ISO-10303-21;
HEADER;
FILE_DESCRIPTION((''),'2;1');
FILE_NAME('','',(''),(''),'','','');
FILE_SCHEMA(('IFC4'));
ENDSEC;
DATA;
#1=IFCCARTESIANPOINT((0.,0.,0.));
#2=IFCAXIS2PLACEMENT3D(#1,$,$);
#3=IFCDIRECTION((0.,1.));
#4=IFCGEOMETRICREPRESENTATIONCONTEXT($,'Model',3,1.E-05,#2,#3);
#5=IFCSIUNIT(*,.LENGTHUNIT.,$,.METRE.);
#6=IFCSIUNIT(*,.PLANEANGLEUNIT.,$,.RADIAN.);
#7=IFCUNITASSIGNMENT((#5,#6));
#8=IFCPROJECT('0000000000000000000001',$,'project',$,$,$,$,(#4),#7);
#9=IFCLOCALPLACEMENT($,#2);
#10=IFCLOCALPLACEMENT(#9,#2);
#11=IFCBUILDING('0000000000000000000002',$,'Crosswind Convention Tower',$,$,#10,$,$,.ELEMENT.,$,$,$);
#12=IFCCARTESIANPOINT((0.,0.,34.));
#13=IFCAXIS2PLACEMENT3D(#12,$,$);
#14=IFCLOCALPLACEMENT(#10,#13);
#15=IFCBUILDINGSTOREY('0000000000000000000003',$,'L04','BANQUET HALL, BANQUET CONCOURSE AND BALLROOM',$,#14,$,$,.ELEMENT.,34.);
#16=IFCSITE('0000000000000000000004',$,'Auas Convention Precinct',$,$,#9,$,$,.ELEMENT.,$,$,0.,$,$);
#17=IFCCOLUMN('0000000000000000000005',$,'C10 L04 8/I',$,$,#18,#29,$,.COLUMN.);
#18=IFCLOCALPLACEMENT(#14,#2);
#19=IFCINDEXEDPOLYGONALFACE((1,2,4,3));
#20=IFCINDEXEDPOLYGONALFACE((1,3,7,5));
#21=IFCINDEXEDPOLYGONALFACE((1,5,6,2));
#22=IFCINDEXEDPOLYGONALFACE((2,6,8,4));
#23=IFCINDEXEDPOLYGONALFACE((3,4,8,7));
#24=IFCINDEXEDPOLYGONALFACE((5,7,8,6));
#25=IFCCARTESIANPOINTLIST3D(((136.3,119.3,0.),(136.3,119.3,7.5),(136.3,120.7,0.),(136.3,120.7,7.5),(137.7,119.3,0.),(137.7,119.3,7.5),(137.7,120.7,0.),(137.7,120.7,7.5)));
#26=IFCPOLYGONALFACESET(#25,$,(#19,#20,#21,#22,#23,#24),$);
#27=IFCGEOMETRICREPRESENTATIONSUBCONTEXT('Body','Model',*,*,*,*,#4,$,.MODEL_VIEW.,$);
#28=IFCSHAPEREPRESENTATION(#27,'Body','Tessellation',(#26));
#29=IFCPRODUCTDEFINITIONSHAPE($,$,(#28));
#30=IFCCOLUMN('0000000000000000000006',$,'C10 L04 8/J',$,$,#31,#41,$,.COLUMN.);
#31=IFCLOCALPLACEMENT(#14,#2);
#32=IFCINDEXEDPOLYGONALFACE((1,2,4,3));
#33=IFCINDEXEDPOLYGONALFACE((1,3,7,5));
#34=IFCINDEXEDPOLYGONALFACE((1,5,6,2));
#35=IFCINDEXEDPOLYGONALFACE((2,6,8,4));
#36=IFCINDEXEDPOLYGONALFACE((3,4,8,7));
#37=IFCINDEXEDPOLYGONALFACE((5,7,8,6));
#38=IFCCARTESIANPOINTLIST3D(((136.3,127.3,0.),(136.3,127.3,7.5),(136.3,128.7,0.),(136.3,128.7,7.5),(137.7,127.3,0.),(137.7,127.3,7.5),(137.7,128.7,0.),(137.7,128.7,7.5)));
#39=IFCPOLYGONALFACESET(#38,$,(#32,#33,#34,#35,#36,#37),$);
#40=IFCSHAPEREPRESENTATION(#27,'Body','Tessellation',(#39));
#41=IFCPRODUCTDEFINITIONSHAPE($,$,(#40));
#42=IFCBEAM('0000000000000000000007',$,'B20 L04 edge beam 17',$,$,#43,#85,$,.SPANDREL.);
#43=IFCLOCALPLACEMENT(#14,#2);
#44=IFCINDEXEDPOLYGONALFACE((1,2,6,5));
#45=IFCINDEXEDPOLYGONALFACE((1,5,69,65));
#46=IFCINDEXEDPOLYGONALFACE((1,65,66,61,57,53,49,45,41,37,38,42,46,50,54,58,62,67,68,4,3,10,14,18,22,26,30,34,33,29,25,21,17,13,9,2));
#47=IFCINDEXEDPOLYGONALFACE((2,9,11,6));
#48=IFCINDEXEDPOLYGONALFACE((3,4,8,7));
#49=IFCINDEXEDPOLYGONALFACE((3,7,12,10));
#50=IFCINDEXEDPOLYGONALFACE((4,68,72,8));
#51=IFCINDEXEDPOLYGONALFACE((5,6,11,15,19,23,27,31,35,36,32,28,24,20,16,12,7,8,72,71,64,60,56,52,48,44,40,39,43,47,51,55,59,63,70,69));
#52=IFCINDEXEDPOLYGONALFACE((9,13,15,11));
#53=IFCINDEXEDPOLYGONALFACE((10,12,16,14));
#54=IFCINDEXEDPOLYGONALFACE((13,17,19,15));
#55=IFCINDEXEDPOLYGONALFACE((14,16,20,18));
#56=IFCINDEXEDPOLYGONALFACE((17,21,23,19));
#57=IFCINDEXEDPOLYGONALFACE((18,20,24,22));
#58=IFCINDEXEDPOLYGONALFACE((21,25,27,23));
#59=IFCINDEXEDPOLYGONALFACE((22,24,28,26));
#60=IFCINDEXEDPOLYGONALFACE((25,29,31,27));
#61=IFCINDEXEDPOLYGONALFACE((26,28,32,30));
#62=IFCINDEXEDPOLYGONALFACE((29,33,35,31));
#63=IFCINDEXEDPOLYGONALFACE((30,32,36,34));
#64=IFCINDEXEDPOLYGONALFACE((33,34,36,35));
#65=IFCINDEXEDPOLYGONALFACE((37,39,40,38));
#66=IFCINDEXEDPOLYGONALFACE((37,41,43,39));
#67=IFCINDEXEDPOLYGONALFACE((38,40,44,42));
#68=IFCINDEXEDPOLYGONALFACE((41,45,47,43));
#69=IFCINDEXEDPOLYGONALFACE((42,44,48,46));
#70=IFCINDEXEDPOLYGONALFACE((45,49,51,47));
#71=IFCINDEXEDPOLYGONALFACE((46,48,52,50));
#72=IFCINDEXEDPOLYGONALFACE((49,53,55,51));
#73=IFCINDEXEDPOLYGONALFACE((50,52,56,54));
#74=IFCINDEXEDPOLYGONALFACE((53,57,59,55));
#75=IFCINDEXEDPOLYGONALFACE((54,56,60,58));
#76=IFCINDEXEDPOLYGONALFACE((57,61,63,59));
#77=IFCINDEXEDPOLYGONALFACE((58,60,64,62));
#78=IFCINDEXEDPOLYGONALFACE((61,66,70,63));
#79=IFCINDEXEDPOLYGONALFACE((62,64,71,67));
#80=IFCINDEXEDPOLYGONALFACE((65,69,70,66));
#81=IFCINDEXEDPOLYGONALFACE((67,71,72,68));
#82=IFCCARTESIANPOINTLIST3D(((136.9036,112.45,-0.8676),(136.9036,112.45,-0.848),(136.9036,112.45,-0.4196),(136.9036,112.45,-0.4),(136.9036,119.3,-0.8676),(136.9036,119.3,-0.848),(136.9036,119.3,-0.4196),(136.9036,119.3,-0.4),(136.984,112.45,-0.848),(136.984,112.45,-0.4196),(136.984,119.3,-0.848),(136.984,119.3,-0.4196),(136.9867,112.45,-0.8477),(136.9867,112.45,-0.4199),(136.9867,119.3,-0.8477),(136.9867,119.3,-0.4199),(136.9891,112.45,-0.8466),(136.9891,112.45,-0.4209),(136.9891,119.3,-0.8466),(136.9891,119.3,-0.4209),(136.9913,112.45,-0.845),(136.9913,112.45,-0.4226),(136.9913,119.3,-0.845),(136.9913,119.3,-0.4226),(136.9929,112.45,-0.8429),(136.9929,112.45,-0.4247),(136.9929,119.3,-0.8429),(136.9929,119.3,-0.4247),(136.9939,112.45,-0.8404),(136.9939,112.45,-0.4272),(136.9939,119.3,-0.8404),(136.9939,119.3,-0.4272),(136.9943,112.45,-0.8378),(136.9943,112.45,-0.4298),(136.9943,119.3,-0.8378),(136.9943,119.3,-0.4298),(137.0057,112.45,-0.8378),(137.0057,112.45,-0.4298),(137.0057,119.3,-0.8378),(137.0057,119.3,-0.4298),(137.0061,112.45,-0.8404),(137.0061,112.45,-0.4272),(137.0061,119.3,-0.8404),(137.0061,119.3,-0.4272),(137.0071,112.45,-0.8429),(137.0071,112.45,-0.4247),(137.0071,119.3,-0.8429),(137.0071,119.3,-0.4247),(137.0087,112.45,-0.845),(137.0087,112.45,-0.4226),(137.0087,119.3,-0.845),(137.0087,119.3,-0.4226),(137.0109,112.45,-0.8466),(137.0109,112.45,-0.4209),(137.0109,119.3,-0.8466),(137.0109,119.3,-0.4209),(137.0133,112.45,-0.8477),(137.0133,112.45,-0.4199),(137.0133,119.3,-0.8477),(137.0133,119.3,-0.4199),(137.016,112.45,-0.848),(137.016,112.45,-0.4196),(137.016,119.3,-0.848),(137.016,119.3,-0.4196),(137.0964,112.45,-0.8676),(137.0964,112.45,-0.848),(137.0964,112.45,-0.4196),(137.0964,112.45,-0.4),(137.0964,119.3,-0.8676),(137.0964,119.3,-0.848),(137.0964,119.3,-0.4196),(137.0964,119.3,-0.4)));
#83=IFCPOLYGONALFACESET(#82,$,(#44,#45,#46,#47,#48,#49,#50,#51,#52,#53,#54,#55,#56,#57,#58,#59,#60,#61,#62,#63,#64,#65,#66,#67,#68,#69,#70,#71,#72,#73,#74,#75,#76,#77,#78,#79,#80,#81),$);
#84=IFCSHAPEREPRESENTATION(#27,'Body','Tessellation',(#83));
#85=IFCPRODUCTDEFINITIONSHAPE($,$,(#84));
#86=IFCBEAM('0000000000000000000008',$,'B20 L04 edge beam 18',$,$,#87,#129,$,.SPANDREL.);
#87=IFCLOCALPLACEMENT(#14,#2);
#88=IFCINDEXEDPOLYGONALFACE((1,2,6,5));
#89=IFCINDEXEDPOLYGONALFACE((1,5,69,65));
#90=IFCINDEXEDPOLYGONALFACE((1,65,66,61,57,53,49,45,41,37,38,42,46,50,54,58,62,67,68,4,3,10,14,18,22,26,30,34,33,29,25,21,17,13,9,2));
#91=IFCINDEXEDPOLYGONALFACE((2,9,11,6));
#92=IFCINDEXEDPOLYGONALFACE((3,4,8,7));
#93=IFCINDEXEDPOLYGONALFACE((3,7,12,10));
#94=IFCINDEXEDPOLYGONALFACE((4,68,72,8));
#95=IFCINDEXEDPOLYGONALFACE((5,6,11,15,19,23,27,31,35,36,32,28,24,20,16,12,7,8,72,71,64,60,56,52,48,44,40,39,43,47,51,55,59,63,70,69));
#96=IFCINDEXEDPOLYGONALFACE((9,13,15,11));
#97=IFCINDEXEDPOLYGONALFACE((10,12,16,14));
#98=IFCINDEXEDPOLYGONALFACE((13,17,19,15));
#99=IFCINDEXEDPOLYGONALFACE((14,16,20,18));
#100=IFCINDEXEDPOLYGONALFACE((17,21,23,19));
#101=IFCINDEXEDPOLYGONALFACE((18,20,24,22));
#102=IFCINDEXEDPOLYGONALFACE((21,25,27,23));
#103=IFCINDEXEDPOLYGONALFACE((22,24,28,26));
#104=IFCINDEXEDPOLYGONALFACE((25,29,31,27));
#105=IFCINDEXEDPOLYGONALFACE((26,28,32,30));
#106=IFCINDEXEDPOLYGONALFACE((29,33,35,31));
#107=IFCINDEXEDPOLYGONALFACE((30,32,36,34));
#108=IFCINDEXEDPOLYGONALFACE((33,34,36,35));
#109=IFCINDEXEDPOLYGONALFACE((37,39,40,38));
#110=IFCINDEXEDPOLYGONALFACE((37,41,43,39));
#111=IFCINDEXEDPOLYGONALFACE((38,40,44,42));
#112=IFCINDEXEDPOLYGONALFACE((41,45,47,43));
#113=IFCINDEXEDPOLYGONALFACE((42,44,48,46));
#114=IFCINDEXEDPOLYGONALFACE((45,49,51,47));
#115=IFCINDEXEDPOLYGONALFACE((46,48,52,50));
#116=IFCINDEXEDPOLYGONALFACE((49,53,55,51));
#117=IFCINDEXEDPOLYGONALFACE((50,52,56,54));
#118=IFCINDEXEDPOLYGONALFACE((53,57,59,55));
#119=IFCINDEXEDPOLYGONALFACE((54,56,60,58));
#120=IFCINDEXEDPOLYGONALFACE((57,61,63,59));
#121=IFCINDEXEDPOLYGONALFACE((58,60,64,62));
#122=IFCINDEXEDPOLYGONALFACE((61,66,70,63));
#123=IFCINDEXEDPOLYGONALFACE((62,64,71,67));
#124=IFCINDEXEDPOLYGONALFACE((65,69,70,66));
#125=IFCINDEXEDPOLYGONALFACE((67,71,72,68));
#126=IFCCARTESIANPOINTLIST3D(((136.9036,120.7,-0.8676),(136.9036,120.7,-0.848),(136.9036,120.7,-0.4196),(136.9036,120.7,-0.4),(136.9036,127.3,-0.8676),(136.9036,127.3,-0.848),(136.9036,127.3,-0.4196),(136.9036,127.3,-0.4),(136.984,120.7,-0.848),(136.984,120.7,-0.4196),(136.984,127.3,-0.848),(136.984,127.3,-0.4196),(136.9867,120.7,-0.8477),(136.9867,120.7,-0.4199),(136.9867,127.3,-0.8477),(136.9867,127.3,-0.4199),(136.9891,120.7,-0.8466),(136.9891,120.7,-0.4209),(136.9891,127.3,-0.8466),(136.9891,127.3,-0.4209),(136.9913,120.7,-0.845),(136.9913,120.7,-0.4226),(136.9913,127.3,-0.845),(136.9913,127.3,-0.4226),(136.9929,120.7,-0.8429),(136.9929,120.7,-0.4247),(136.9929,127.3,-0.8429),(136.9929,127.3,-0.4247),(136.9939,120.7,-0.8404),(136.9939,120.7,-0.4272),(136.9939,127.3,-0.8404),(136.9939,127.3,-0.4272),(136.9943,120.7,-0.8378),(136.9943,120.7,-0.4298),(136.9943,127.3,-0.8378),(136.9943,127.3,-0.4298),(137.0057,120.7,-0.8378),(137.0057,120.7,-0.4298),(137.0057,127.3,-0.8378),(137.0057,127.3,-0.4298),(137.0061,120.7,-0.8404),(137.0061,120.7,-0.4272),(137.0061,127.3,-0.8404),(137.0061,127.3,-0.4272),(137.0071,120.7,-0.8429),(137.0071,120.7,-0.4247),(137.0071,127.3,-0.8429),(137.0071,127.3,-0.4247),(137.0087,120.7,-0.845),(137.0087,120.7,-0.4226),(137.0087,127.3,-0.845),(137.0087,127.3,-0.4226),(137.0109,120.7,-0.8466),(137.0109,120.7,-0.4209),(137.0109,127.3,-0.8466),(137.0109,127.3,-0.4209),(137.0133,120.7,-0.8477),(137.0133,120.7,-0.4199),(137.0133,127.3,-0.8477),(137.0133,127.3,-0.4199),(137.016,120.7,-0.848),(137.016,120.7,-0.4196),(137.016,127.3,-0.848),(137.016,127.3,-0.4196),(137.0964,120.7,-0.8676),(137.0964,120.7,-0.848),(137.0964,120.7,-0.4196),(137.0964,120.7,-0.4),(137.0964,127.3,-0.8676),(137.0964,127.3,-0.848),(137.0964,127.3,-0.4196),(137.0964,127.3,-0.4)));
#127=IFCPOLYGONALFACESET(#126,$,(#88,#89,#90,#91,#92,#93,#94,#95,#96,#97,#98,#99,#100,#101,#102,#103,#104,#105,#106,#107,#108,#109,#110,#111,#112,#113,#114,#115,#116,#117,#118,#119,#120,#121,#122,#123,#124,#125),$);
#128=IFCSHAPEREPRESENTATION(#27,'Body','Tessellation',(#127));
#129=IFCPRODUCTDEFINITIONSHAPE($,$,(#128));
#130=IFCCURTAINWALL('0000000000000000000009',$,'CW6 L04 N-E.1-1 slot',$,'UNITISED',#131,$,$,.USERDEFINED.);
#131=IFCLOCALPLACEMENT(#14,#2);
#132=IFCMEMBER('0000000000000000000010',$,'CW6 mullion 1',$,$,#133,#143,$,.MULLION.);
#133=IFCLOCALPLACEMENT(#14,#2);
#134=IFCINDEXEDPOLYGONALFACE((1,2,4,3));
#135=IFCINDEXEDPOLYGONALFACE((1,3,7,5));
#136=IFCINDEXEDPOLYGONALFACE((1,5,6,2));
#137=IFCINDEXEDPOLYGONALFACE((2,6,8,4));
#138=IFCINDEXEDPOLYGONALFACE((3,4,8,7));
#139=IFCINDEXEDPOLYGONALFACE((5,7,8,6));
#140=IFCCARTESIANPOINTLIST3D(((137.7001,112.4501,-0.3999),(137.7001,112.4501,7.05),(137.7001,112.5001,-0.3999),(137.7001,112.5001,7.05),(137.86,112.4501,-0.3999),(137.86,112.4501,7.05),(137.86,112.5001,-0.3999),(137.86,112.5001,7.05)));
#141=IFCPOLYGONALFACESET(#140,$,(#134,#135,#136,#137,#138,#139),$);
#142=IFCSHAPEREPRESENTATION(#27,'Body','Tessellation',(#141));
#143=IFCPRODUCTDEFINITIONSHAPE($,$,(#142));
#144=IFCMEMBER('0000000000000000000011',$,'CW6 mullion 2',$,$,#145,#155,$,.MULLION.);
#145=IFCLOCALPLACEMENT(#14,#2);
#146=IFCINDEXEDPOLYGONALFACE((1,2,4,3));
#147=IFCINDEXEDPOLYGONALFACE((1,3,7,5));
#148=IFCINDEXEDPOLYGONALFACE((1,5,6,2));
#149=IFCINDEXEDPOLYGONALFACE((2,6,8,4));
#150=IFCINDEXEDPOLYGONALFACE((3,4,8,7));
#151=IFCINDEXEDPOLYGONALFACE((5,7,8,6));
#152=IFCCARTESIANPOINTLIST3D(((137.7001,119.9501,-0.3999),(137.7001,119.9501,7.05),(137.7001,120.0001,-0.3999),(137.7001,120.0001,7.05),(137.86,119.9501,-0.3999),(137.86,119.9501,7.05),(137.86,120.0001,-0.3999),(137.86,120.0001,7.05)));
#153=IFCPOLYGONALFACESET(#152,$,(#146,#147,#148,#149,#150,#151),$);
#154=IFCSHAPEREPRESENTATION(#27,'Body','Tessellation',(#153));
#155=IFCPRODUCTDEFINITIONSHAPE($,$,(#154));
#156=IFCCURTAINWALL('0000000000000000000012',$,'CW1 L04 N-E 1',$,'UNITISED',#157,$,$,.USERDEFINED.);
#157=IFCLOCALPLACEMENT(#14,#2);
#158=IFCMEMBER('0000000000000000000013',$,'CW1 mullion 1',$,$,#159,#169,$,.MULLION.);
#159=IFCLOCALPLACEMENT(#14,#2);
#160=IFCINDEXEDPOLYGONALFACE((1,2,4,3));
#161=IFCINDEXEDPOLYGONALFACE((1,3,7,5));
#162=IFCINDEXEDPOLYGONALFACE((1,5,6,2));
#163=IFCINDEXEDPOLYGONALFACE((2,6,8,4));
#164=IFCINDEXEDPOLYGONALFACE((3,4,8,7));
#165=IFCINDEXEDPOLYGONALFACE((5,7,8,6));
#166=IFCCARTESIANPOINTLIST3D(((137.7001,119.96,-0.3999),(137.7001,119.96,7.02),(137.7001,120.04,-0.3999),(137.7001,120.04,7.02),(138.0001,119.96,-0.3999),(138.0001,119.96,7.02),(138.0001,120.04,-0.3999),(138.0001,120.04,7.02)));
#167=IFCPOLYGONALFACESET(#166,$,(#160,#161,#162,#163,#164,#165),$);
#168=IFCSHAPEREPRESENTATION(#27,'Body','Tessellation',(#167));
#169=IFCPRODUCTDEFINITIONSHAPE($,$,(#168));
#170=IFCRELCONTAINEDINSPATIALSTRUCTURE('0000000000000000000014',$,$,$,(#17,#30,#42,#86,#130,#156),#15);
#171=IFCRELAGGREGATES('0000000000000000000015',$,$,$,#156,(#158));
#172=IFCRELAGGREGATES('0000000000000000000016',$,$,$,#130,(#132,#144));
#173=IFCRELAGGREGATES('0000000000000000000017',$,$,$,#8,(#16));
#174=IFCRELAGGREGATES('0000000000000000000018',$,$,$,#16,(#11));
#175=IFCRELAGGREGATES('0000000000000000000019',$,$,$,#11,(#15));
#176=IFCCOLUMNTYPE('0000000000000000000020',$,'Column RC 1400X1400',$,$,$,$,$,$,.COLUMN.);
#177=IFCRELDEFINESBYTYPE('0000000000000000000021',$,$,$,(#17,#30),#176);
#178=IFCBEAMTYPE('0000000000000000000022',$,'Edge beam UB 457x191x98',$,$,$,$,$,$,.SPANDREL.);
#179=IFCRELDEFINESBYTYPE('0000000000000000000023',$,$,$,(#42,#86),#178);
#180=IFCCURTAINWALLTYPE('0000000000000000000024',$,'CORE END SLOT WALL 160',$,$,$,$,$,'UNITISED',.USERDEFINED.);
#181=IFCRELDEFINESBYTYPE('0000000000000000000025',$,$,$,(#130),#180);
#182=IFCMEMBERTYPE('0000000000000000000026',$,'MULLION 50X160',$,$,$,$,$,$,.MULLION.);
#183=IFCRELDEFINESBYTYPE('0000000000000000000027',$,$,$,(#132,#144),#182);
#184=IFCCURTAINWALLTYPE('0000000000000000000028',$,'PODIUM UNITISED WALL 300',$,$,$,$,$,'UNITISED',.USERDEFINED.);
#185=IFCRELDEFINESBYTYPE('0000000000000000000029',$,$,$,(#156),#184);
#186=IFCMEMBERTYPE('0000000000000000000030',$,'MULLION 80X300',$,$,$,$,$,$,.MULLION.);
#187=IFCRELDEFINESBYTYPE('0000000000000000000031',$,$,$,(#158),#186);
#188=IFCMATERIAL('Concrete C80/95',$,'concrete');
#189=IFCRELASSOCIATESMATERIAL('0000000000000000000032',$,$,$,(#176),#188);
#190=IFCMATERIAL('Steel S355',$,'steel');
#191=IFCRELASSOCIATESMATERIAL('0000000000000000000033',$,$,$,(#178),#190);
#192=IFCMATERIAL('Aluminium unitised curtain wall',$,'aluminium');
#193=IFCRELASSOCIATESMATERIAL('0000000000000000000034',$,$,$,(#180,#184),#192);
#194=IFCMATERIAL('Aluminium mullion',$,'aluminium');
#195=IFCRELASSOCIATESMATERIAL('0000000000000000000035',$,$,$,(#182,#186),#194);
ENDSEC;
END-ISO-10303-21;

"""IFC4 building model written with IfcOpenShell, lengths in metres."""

from ifc_helpers import new_model, si_unit, direction, frame, origin, origin_2d, place, context, subcontext, project, spatial, rectangle, i_section, extrude, material, material_profile, profile_set, type_object, element, aggregate, save


model = new_model("IFC4")

# Units and contexts
model_context = context("Model", 3, precision=1e-05, world=origin(), true_north=direction((0.0, 1.0)))
body_context = subcontext(model_context, "Body", "Model", "MODEL_VIEW")
ifc_project = project(units=[si_unit("LENGTHUNIT", "METRE"), si_unit("PLANEANGLEUNIT", "RADIAN")], contexts=[model_context])

# Site, building, storey
site_placement = place(None, origin())
site = spatial("IfcSite", under=ifc_project, at=site_placement, Name="Auas Convention Precinct", CompositionType="ELEMENT", RefElevation=0.0)
building_placement = place(site_placement, origin())
building = spatial("IfcBuilding", under=site, at=building_placement, Name="Crosswind Convention Tower", CompositionType="ELEMENT")
storey_placement = place(building_placement, frame((0.0, 0.0, 34.0)))
storey = spatial("IfcBuildingStorey", under=building, at=storey_placement, Name="L04", Description="BANQUET HALL, BANQUET CONCOURSE AND BALLROOM", CompositionType="ELEMENT", Elevation=34.0)

# Columns
ifc_material_1 = material(Name="Concrete C80/95", Category="concrete")
ifc_material_profile_1 = material_profile(ifc_material_1, rectangle(XDim=1.3999, YDim=1.3999, at=origin_2d()), Name="RC 1400X1400")
ifc_profile_set_1 = profile_set([ifc_material_profile_1], Name="Concrete C80/95")
column_type = type_object("IfcColumnType", Name="Column RC 1400X1400", PredefinedType="COLUMN", material=ifc_profile_set_1)
for number, where, z_axis, x_axis, name in (
    (1, (137.0, 120.0, 0.0), (0.0, 0.0, 1.0), (1.0, 0.0, 0.0), "C10 L04 8/I"),
    (2, (137.0, 128.0, 0.0), (0.0, 0.0, 1.0), (1.0, 0.0, 0.0), "C10 L04 8/J"),
):
    element("IfcColumn", number, at=place(storey_placement, frame(where, z_axis=z_axis, x_axis=x_axis)), inside=storey, type_object=column_type, Name=name, PredefinedType="COLUMN", context=body_context, shape_type="SweptSolid", body=[
        extrude(rectangle(XDim=1.3999, YDim=1.3999, at=origin_2d()), origin(), (0.0, 0.0, 1.0), 7.5),
    ])

# Beams
ifc_material_2 = material(Name="Steel S355", Category="steel")
ifc_material_profile_2 = material_profile(ifc_material_2, i_section(OverallWidth=0.1929, OverallDepth=0.4675, WebThickness=0.0115, FlangeThickness=0.0195, FilletRadius=0.0103, at=origin_2d()), Name="UB 457x191x98")
ifc_profile_set_2 = profile_set([ifc_material_profile_2], Name="Steel S355")
beam_type_1 = type_object("IfcBeamType", Name="Edge beam UB 457x191x98", PredefinedType="SPANDREL", material=ifc_profile_set_2)
beam_1_placement = place(storey_placement, frame((137.0, 112.45, -0.6338), z_axis=(0.0, 1.0, 0.0), x_axis=(-1.0, 0.0, 0.0)))
element("IfcBeam", 3, at=beam_1_placement, inside=storey, type_object=beam_type_1, Name="B20 L04 edge beam 17", PredefinedType="SPANDREL", context=body_context, shape_type="SweptSolid", body=[
    extrude(i_section(OverallWidth=0.1929, OverallDepth=0.4675, WebThickness=0.0115, FlangeThickness=0.0195, FilletRadius=0.0103, at=origin_2d()), origin(), (0.0, 0.0, 1.0), 6.8501),
])
beam_2_placement = place(storey_placement, frame((137.0, 120.7, -0.6338), z_axis=(0.0, 1.0, 0.0), x_axis=(-1.0, 0.0, 0.0)))
element("IfcBeam", 4, at=beam_2_placement, inside=storey, type_object=beam_type_1, Name="B20 L04 edge beam 18", PredefinedType="SPANDREL", context=body_context, shape_type="SweptSolid", body=[
    extrude(i_section(OverallWidth=0.1929, OverallDepth=0.4675, WebThickness=0.0115, FlangeThickness=0.0195, FilletRadius=0.0103, at=origin_2d()), origin(), (0.0, 0.0, 1.0), 6.6001),
])

# Curtain wall, members
ifc_material_3 = material(Name="Aluminium unitised curtain wall", Category="aluminium")
curtain_wall_type_1 = type_object("IfcCurtainWallType", Name="CORE END SLOT WALL 160", ElementType="UNITISED", PredefinedType="USERDEFINED", material=ifc_material_3)
curtain_wall_1_placement = place(storey_placement, origin())
curtain_wall_1 = element("IfcCurtainWall", 5, at=curtain_wall_1_placement, inside=storey, type_object=curtain_wall_type_1, Name="CW6 L04 N-E.1-1 slot", ObjectType="UNITISED", PredefinedType="USERDEFINED")
ifc_material_4 = material(Name="Aluminium mullion", Category="aluminium")
ifc_material_profile_3 = material_profile(ifc_material_4, rectangle(XDim=0.1599, YDim=0.05, at=origin_2d()), Name="AL 160X50")
ifc_profile_set_3 = profile_set([ifc_material_profile_3], Name="Aluminium mullion")
member_type_1 = type_object("IfcMemberType", Name="MULLION 50X160", PredefinedType="MULLION", material=ifc_profile_set_3)
member_1_placement = place(storey_placement, frame((137.78, 112.4751, -0.3999), z_axis=(0.0, 0.0, 1.0), x_axis=(1.0, 0.0, 0.0)))
member_1 = element("IfcMember", 6, at=member_1_placement, type_object=member_type_1, Name="CW6 mullion 1", PredefinedType="MULLION", context=body_context, shape_type="SweptSolid", body=[
    extrude(rectangle(XDim=0.1599, YDim=0.05, at=origin_2d()), origin(), (0.0, 0.0, 1.0), 7.45),
])
member_2_placement = place(storey_placement, frame((137.78, 119.9751, -0.3999), z_axis=(0.0, 0.0, 1.0), x_axis=(1.0, 0.0, 0.0)))
member_2 = element("IfcMember", 7, at=member_2_placement, type_object=member_type_1, Name="CW6 mullion 2", PredefinedType="MULLION", context=body_context, shape_type="SweptSolid", body=[
    extrude(rectangle(XDim=0.1599, YDim=0.05, at=origin_2d()), origin(), (0.0, 0.0, 1.0), 7.45),
])

# Curtain wall, member
curtain_wall_type_2 = type_object("IfcCurtainWallType", Name="PODIUM UNITISED WALL 300", ElementType="UNITISED", PredefinedType="USERDEFINED", material=ifc_material_3)
curtain_wall_2_placement = place(storey_placement, origin())
curtain_wall_2 = element("IfcCurtainWall", 8, at=curtain_wall_2_placement, inside=storey, type_object=curtain_wall_type_2, Name="CW1 L04 N-E 1", ObjectType="UNITISED", PredefinedType="USERDEFINED")
ifc_material_profile_4 = material_profile(ifc_material_4, rectangle(XDim=0.3, YDim=0.0801, at=origin_2d()), Name="AL 300X80")
ifc_profile_set_4 = profile_set([ifc_material_profile_4], Name="Aluminium mullion")
member_type_2 = type_object("IfcMemberType", Name="MULLION 80X300", PredefinedType="MULLION", material=ifc_profile_set_4)
member_3_placement = place(storey_placement, frame((137.8501, 120.0, -0.3999), z_axis=(0.0, 0.0, 1.0), x_axis=(1.0, 0.0, 0.0)))
member_3 = element("IfcMember", 9, at=member_3_placement, type_object=member_type_2, Name="CW1 mullion 1", PredefinedType="MULLION", context=body_context, shape_type="SweptSolid", body=[
    extrude(rectangle(XDim=0.3, YDim=0.0801, at=origin_2d()), origin(), (0.0, 0.0, 1.0), 7.4199),
])

aggregate(curtain_wall_2, [member_3])

aggregate(curtain_wall_1, [member_1, member_2])

save(model, "model.ifc")
